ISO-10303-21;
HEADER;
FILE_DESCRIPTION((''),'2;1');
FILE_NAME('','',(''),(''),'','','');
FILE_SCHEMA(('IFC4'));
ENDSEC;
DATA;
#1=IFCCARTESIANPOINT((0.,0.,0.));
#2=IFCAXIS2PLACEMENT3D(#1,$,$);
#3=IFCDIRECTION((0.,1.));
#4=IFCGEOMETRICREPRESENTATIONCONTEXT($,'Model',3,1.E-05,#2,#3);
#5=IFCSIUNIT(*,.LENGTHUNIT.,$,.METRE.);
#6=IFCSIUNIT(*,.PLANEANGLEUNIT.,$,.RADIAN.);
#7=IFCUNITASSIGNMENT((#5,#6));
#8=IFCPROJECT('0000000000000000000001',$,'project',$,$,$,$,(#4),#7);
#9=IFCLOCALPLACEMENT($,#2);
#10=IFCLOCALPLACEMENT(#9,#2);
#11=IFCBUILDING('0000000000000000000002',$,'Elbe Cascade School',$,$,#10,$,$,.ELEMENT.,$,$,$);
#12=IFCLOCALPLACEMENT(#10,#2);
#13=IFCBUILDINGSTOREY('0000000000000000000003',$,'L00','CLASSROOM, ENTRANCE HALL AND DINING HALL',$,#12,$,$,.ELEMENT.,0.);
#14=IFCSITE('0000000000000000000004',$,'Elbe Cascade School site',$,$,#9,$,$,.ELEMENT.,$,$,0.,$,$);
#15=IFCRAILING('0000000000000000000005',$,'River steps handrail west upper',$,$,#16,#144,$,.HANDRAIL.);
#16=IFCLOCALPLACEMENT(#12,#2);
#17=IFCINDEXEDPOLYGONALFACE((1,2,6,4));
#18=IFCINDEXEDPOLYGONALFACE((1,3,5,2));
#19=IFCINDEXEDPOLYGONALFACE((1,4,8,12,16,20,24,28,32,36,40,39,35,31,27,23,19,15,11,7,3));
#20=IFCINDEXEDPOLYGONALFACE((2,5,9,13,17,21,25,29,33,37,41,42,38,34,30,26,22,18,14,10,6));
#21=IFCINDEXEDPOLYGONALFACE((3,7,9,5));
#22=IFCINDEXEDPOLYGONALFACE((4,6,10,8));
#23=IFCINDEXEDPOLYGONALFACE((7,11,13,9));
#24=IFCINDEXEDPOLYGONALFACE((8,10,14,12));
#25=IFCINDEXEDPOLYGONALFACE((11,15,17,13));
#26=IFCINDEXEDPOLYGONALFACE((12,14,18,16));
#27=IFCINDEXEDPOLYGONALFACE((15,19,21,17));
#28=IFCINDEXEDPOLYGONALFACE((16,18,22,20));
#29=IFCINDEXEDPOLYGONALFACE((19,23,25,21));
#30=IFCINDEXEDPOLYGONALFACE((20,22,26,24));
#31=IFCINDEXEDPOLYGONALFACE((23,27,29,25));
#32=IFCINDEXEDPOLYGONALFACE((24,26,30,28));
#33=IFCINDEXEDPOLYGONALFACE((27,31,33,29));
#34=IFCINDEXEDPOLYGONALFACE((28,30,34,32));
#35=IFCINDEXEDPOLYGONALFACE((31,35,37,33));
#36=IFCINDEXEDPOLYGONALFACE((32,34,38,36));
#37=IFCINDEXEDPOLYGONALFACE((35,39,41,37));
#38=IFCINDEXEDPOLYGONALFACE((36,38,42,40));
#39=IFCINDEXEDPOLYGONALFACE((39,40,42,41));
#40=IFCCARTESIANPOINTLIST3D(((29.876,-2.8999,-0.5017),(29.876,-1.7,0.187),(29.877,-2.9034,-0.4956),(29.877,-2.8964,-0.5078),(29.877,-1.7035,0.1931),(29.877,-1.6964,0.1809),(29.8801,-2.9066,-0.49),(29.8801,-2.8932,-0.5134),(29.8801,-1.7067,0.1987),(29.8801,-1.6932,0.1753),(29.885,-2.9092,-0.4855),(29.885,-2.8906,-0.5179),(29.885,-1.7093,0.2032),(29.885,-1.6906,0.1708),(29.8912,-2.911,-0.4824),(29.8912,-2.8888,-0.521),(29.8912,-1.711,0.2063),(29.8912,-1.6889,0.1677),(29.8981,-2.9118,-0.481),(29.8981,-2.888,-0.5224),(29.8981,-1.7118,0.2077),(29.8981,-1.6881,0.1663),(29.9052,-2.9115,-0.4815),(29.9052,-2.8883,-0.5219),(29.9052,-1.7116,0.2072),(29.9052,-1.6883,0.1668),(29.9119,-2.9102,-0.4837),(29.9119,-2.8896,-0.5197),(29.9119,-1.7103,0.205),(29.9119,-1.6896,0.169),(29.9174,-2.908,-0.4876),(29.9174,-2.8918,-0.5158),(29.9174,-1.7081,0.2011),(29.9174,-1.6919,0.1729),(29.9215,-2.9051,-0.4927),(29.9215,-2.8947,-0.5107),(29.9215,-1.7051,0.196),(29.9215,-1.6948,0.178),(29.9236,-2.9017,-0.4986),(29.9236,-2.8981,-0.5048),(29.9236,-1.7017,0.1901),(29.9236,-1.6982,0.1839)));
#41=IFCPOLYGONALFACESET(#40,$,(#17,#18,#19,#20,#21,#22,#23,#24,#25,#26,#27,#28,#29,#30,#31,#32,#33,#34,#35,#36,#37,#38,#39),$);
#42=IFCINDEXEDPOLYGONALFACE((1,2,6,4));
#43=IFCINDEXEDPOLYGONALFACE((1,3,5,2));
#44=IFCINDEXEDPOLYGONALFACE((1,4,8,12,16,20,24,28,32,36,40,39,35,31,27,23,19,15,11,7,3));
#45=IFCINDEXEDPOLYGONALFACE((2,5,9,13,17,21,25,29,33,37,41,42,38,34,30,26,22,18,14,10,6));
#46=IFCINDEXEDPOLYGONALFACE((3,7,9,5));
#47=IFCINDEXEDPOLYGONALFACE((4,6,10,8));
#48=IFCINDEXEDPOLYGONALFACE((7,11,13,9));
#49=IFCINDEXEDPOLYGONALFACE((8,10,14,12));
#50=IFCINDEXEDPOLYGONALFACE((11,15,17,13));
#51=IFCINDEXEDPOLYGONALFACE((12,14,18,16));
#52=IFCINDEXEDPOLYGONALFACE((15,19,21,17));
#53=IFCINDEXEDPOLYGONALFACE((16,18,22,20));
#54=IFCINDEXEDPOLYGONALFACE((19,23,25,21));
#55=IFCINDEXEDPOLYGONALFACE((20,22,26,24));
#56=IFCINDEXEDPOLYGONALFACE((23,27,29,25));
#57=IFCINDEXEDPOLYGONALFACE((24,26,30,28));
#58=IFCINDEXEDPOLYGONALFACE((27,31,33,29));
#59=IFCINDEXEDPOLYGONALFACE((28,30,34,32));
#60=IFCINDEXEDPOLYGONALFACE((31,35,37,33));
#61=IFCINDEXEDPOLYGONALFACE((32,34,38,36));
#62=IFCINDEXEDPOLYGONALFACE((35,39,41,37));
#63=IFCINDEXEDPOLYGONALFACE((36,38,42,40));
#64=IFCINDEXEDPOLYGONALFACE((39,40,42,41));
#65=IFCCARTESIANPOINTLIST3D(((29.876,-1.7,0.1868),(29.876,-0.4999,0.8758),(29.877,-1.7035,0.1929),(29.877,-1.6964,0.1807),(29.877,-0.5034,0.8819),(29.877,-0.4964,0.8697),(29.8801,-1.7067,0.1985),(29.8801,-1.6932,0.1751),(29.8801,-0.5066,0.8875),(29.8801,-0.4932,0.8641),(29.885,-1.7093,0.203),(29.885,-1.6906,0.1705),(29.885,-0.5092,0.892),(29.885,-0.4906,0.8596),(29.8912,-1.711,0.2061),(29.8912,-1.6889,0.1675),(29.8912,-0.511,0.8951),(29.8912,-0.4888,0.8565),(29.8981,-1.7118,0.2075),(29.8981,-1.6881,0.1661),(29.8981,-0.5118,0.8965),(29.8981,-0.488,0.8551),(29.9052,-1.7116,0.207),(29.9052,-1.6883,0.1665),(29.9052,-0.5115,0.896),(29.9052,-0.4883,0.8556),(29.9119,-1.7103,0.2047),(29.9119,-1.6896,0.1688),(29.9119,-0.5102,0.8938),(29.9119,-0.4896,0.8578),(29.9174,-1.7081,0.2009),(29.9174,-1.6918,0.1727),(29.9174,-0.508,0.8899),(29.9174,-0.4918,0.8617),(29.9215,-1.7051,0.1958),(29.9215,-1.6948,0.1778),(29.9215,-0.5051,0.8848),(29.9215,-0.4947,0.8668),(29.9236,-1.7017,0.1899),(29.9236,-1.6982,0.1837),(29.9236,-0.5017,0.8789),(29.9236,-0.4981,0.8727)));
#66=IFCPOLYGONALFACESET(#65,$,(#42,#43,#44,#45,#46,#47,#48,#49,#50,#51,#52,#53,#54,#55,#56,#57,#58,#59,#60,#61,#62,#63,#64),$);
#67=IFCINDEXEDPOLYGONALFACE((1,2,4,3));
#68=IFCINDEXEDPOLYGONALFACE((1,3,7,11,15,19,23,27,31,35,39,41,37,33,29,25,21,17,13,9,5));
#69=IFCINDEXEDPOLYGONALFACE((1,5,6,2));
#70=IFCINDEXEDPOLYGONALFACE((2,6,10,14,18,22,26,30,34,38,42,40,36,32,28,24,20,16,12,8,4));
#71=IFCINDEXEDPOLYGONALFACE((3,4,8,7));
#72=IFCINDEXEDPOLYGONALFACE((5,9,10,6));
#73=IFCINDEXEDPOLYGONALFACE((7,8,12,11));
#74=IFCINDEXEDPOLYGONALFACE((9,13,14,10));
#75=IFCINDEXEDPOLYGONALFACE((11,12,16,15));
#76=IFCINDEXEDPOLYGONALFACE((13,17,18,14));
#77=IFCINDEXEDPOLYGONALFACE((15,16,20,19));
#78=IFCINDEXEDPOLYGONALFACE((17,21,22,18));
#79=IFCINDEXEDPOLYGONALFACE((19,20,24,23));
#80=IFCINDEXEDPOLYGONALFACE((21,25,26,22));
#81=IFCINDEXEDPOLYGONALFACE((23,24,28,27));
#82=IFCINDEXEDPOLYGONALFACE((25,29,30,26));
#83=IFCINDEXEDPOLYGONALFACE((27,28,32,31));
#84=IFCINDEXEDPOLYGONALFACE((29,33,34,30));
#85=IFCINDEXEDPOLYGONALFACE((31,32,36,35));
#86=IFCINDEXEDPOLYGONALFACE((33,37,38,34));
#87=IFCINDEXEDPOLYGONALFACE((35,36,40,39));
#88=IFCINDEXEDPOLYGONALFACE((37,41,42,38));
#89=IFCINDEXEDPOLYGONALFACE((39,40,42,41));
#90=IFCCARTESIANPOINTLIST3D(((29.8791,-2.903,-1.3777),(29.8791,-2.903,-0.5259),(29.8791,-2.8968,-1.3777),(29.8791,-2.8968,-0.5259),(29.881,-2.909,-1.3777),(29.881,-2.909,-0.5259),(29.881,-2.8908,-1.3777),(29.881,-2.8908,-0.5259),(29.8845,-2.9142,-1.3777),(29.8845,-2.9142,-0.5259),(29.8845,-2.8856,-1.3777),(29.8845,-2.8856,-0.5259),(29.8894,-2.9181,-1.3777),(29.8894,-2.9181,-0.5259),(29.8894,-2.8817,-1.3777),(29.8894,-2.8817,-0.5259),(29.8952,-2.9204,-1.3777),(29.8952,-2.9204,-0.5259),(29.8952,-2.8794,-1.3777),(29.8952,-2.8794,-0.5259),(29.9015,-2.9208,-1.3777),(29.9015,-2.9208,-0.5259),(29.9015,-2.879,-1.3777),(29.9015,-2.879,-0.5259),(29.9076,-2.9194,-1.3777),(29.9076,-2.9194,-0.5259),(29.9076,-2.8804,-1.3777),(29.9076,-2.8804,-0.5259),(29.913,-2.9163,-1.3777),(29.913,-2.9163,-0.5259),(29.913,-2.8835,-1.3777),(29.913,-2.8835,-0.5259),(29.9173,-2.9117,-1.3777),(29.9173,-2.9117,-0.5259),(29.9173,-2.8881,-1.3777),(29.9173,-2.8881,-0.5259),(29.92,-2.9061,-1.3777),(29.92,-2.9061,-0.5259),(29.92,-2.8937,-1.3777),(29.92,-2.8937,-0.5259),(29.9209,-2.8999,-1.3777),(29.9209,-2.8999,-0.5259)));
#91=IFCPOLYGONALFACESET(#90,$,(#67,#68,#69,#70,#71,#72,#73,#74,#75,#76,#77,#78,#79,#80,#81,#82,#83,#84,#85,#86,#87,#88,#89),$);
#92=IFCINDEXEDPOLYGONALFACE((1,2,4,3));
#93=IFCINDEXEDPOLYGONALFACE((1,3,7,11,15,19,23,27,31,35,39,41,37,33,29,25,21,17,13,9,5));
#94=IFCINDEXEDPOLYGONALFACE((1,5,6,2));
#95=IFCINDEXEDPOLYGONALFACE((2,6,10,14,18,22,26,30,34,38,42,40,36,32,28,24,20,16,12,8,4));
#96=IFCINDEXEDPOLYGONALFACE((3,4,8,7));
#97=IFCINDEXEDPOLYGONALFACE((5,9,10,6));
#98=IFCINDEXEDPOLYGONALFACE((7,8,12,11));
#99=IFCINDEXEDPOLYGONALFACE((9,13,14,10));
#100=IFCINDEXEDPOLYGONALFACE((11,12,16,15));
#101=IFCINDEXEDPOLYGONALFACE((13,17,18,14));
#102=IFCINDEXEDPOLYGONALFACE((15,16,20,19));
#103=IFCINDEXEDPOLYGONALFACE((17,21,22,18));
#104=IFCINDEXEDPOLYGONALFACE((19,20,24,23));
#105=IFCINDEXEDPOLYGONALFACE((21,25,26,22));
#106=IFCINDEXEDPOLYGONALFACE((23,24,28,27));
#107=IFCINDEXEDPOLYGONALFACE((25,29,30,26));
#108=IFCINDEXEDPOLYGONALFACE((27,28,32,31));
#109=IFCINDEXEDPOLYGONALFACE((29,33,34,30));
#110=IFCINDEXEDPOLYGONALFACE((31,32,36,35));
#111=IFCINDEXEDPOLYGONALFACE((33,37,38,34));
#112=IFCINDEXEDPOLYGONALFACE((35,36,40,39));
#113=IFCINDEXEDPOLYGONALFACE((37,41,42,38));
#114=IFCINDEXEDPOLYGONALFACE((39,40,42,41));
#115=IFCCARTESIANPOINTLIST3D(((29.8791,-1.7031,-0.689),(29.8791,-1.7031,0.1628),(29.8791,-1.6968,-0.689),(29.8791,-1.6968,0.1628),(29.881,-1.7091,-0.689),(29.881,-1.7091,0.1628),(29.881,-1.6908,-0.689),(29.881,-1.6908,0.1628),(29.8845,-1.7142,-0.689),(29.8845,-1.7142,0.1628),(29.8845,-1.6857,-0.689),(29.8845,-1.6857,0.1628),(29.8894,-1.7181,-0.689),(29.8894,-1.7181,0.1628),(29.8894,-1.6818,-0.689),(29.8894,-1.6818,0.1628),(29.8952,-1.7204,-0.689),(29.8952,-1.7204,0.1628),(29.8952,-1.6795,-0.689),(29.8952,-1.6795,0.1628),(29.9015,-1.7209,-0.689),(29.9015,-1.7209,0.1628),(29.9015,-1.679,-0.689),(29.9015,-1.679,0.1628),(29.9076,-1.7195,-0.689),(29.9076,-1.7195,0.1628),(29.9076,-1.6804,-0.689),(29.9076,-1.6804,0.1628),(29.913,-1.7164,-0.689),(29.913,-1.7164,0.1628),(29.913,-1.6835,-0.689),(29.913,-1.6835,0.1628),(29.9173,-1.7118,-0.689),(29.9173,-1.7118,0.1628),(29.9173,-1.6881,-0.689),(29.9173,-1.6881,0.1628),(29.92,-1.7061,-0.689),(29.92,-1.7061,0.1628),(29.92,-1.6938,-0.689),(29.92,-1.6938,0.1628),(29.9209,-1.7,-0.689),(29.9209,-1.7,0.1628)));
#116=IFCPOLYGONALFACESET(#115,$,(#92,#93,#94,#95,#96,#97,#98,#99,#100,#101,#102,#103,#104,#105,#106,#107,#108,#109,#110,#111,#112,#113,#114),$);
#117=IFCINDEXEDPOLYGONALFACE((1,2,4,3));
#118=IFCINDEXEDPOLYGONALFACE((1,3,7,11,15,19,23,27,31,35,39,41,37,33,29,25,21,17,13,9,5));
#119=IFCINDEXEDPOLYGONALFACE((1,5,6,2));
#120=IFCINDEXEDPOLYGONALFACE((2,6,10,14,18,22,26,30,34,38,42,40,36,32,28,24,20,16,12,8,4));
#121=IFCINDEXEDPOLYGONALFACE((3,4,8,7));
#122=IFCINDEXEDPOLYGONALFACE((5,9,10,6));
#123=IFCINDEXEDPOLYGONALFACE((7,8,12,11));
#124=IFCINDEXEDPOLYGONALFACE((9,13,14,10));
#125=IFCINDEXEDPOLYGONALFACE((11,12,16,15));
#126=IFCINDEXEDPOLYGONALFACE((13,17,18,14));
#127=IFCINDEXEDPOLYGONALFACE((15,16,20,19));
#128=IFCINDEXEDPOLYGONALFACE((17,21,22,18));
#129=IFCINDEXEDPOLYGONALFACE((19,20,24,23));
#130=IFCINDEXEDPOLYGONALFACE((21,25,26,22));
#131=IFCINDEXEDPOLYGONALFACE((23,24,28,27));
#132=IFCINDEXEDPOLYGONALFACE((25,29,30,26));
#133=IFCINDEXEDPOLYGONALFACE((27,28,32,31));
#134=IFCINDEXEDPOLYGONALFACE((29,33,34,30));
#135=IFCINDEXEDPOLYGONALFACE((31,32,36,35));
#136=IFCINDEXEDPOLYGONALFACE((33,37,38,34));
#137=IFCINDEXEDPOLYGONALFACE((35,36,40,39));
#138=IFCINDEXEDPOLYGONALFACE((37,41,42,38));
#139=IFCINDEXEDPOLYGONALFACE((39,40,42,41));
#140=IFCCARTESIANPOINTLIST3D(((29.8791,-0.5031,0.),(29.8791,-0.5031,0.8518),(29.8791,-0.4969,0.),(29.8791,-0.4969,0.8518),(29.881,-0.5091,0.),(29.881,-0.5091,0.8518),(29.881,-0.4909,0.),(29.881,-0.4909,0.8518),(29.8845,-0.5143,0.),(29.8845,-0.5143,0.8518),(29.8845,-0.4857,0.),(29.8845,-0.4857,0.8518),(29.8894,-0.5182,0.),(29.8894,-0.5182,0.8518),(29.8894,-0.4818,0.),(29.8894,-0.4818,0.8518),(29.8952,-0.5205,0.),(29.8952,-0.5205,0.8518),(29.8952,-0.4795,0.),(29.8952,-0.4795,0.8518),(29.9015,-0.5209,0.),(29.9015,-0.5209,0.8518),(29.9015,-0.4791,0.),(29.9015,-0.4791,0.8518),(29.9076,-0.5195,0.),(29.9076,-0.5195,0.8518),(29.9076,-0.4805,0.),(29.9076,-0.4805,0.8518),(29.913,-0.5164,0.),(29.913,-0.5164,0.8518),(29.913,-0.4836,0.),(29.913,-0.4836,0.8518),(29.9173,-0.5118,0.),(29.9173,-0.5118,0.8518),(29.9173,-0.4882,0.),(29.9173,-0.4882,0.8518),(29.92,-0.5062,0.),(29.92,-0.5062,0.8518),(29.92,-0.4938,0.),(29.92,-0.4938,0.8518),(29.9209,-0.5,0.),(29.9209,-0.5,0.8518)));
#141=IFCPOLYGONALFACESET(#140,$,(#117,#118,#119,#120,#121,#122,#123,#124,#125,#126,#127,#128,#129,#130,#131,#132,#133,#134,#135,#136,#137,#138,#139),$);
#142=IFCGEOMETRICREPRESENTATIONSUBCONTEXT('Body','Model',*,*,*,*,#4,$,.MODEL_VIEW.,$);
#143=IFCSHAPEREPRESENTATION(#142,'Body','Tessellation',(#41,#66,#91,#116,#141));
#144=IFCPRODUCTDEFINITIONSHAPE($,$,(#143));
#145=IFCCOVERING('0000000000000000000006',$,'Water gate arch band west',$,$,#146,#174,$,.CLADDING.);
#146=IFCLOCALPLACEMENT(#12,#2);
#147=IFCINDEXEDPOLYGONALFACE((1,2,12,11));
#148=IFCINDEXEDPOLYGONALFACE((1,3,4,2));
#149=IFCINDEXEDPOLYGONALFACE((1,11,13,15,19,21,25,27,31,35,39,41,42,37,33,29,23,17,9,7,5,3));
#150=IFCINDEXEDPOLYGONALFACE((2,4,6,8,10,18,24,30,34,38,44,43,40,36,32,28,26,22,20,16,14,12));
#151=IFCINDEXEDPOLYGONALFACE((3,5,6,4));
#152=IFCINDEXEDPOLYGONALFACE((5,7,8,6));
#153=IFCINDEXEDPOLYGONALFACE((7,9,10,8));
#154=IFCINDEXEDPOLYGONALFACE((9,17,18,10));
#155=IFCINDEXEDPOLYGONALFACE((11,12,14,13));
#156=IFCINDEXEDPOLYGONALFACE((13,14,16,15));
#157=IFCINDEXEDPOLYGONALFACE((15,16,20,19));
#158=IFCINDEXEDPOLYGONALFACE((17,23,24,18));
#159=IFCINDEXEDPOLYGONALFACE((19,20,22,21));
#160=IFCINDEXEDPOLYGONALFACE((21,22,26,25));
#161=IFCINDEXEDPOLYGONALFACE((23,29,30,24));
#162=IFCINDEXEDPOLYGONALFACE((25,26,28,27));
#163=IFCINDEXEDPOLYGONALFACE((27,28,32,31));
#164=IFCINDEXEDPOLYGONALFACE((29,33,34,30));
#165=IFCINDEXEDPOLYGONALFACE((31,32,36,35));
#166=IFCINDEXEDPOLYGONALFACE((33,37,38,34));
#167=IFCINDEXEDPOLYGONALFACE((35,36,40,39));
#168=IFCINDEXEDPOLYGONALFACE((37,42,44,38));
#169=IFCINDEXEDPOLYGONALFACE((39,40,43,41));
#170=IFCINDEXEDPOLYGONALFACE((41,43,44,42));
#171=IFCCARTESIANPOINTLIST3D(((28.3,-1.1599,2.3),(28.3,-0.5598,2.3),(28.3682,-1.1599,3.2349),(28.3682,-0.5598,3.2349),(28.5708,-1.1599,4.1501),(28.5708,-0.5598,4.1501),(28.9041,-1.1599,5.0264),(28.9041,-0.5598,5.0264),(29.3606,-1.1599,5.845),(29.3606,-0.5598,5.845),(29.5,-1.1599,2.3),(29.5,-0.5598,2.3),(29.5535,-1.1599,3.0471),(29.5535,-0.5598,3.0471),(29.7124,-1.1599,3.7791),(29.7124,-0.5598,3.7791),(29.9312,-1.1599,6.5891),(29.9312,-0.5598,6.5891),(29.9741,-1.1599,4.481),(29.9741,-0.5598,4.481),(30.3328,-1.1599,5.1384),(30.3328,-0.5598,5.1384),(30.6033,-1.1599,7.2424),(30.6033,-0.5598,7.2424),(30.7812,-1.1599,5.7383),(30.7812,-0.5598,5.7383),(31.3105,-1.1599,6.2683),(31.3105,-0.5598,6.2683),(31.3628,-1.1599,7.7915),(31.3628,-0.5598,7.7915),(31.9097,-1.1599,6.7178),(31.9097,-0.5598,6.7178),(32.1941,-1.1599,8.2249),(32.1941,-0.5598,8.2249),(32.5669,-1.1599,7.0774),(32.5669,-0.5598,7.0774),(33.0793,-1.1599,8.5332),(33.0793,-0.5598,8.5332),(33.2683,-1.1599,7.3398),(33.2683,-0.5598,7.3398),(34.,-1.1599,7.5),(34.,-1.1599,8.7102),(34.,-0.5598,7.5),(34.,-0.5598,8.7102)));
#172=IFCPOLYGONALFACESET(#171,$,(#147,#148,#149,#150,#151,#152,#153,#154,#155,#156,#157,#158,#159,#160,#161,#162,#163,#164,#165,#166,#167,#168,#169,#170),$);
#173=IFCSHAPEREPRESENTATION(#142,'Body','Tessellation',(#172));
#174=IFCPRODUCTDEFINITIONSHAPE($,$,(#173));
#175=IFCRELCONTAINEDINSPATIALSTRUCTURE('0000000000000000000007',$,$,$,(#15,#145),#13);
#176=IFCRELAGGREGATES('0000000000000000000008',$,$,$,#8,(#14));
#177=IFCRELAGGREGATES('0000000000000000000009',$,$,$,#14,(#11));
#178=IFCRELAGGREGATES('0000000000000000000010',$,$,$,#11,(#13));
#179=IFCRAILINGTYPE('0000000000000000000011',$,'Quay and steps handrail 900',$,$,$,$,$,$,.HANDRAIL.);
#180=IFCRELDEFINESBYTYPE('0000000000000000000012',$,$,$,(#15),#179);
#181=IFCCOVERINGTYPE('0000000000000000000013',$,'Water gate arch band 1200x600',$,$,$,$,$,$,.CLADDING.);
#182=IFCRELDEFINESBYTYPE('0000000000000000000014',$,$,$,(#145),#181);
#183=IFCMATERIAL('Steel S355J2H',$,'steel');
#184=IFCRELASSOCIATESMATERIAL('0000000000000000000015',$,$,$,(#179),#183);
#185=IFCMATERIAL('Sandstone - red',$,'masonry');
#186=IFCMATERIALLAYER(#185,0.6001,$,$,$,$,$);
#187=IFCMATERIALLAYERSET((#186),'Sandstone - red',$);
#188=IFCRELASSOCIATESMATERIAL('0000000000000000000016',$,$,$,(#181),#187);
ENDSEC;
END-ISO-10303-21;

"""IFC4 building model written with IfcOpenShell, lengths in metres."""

from ifc_helpers import new_model, si_unit, direction, frame, origin, origin_2d, place, context, subcontext, project, spatial, polyline, circle, outline, extrude, material, layer, layer_set, type_object, element, save


model = new_model("IFC4")

# Units and contexts
model_context = context("Model", 3, precision=1e-05, world=origin(), true_north=direction((0.0, 1.0)))
body_context = subcontext(model_context, "Body", "Model", "MODEL_VIEW")
ifc_project = project(units=[si_unit("LENGTHUNIT", "METRE"), si_unit("PLANEANGLEUNIT", "RADIAN")], contexts=[model_context])

# Site, building, storey
site_placement = place(None, origin())
site = spatial("IfcSite", under=ifc_project, at=site_placement, Name="Elbe Cascade School site", CompositionType="ELEMENT", RefElevation=0.0)
building_placement = place(site_placement, origin())
building = spatial("IfcBuilding", under=site, at=building_placement, Name="Elbe Cascade School", CompositionType="ELEMENT")
storey_placement = place(building_placement, origin())
storey = spatial("IfcBuildingStorey", under=building, at=storey_placement, Name="L00", Description="CLASSROOM, ENTRANCE HALL AND DINING HALL", CompositionType="ELEMENT", Elevation=0.0)

# Railing
ifc_material_1 = material(Name="Steel S355J2H", Category="steel")
railing_type_1 = type_object("IfcRailingType", Name="Quay and steps handrail 900", PredefinedType="HANDRAIL", material=ifc_material_1)
railing_1_placement = place(storey_placement, frame((29.8999, -2.8999, -1.3777)))
element("IfcRailing", 1, at=railing_1_placement, inside=storey, type_object=railing_type_1, Name="River steps handrail west upper", PredefinedType="HANDRAIL", context=body_context, shape_type="SweptSolid", body=[
    extrude(circle(Radius=0.0239, at=origin_2d()), frame((0.0, 0.0, 0.876), z_axis=(0.0, 0.867297, 0.497791), x_axis=(-1.0, 0.0, 0.0)), (0.0, 0.0, 1.0), 1.3835),
    extrude(circle(Radius=0.0239, at=origin_2d()), frame((0.0, 1.2, 1.5645), z_axis=(0.0, 0.867221, 0.497924), x_axis=(-1.0, 0.0, 0.0)), (0.0, 0.0, 1.0), 1.3838),
    extrude(circle(Radius=0.021, at=origin_2d()), origin(), (0.0, 0.0, 1.0), 0.8518),
    extrude(circle(Radius=0.021, at=origin_2d()), frame((0.0, 1.2, 0.6887)), (0.0, 0.0, 1.0), 0.8518),
    extrude(circle(Radius=0.021, at=origin_2d()), frame((0.0, 2.3999, 1.3777)), (0.0, 0.0, 1.0), 0.8518),
])

# Covering
ifc_material_2 = material(Name="Sandstone - red", Category="masonry")
ifc_layer_1 = layer(ifc_material_2, 0.6001)
ifc_layer_set_1 = layer_set([ifc_layer_1], Name="Sandstone - red")
covering_type_1 = type_object("IfcCoveringType", Name="Water gate arch band 1200x600", PredefinedType="CLADDING", material=ifc_layer_set_1)
covering_1_placement = place(storey_placement, frame((28.3, -1.1599, 2.3), z_axis=(0.0, -1.0, 0.0), x_axis=(1.0, 0.0, 0.0)))
element("IfcCovering", 2, at=covering_1_placement, inside=storey, type_object=covering_type_1, Name="Water gate arch band west", PredefinedType="CLADDING", context=body_context, shape_type="SweptSolid", body=[
    extrude(outline(polyline([(0.0, 0.0), (1.2, 0.0), (1.2534, 0.7471), (1.4124, 1.479), (1.6741, 2.1809), (2.0327, 2.8384), (2.4812, 3.4382), (3.0105, 3.9683), (3.6096, 4.4177), (4.2668, 4.7773), (4.9683, 5.0398), (5.7, 5.2), (5.7, 6.4102), (4.7793, 6.2332), (3.894, 5.9248), (3.0627, 5.4915), (2.3032, 4.9424), (1.6311, 4.2891), (1.0605, 3.5449), (0.604, 2.7263), (0.2708, 1.8501), (0.0681, 0.9348), (0.0, 0.0)])), origin(), (0.0, 0.0, -1.0), 0.6001),
])

save(model, "model.ifc")
